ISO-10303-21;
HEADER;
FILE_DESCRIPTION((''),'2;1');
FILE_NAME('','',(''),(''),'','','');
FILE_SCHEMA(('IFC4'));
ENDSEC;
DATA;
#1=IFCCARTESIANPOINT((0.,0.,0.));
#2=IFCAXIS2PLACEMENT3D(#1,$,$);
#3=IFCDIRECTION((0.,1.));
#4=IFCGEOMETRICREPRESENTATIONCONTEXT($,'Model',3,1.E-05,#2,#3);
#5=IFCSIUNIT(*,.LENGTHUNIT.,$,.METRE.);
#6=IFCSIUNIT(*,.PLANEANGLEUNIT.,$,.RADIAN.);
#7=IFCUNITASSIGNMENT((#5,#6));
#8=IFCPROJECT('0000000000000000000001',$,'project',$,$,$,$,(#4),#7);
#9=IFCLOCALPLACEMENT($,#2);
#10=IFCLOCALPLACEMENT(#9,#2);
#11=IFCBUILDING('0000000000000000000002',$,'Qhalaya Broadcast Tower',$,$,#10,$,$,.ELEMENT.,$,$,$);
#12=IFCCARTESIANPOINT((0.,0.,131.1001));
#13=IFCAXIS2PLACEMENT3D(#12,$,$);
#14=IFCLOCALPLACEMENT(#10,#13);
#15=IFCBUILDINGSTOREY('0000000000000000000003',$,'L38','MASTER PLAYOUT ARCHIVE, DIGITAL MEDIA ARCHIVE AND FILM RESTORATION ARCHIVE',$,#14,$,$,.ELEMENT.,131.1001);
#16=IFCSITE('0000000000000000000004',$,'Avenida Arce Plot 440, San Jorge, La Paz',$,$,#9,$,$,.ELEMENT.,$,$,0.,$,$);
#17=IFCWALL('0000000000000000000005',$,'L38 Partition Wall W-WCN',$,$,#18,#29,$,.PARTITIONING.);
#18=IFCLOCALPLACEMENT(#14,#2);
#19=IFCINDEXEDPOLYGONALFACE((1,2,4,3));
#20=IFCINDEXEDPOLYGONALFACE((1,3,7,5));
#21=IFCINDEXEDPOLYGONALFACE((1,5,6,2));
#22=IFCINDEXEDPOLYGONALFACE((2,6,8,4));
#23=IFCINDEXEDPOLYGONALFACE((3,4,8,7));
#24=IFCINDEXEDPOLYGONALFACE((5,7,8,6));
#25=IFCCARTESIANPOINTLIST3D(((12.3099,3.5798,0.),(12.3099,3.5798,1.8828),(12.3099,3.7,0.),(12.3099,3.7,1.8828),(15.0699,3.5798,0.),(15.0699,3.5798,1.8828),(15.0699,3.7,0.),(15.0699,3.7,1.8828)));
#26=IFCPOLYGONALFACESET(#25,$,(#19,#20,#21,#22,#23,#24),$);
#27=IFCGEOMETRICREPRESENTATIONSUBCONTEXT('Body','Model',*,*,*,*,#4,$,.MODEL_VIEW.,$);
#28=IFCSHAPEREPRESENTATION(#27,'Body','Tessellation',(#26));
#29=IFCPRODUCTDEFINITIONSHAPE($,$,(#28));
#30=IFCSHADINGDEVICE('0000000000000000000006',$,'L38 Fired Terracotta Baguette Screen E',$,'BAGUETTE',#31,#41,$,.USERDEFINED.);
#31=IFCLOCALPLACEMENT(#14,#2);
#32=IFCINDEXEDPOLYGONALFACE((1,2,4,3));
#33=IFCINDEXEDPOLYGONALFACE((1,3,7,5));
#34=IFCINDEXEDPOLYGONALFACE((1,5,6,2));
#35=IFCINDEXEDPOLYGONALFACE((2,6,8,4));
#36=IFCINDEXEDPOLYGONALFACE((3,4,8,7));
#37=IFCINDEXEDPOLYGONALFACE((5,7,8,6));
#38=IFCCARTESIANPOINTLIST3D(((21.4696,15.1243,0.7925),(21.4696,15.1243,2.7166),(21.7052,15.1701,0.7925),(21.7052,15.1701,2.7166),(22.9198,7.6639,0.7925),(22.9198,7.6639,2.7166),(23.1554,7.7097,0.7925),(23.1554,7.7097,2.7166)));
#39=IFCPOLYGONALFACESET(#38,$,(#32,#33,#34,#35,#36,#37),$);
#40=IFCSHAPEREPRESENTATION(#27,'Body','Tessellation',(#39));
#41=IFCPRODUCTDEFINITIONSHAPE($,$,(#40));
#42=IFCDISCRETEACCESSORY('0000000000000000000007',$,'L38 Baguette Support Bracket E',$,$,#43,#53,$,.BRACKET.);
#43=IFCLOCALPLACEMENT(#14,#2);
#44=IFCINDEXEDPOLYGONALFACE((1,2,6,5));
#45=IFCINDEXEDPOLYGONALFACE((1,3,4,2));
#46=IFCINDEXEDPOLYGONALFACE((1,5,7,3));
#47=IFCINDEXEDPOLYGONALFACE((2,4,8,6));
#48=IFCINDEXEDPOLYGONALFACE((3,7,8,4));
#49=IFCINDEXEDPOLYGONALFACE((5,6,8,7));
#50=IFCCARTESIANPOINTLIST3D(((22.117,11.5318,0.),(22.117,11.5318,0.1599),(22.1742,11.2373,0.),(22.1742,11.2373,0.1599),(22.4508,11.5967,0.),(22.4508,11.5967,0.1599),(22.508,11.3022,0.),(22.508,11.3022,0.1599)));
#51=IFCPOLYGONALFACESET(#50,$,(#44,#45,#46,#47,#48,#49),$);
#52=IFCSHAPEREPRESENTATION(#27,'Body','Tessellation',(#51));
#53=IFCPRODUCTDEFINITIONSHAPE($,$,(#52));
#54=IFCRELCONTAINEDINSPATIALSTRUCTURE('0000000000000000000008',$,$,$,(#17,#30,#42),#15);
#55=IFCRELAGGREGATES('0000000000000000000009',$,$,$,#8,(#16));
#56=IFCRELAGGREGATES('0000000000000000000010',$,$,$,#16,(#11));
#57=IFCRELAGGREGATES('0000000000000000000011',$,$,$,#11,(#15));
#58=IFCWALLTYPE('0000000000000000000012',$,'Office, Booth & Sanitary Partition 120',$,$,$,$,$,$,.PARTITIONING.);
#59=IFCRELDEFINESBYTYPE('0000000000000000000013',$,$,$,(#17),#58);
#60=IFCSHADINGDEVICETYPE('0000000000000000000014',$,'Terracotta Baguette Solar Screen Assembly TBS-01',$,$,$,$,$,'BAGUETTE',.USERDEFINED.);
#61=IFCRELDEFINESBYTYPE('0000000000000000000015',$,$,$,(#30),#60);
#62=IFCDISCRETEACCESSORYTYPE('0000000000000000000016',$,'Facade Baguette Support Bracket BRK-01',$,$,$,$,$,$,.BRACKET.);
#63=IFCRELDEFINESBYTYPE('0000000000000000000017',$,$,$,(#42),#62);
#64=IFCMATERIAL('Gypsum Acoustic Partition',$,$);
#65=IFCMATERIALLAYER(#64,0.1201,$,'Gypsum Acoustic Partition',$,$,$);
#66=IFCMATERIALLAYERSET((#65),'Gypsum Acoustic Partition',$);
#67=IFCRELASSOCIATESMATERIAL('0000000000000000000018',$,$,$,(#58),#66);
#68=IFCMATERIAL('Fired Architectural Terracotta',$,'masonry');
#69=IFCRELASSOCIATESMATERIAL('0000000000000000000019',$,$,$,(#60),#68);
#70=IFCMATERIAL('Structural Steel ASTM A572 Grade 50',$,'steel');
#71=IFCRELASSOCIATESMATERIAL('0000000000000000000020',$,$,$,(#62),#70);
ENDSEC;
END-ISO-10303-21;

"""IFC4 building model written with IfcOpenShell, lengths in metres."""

from ifc_helpers import new_model, si_unit, direction, frame, frame_2d, origin, origin_2d, place, context, subcontext, project, spatial, rectangle, extrude, material, layer, layer_set, type_object, element, save


model = new_model("IFC4")

# Units and contexts
model_context = context("Model", 3, precision=1e-05, world=origin(), true_north=direction((0.0, 1.0)))
body_context = subcontext(model_context, "Body", "Model", "MODEL_VIEW")
ifc_project = project(units=[si_unit("LENGTHUNIT", "METRE"), si_unit("PLANEANGLEUNIT", "RADIAN")], contexts=[model_context])

# Site, building, storey
site_placement = place(None, origin())
site = spatial("IfcSite", under=ifc_project, at=site_placement, Name="Avenida Arce Plot 440, San Jorge, La Paz", CompositionType="ELEMENT", RefElevation=0.0)
building_placement = place(site_placement, origin())
building = spatial("IfcBuilding", under=site, at=building_placement, Name="Qhalaya Broadcast Tower", CompositionType="ELEMENT")
storey_placement = place(building_placement, frame((0.0, 0.0, 131.1001)))
storey = spatial("IfcBuildingStorey", under=building, at=storey_placement, Name="L38", Description="MASTER PLAYOUT ARCHIVE, DIGITAL MEDIA ARCHIVE AND FILM RESTORATION ARCHIVE", CompositionType="ELEMENT", Elevation=131.1001)

# Shared definitions
ifc_material_1 = material(Name="Structural Steel ASTM A572 Grade 50", Category="steel")

# Shared definitions
ifc_material_2 = material(Name="Gypsum Acoustic Partition")

# Wall
ifc_layer_1 = layer(ifc_material_2, 0.1201, Name="Gypsum Acoustic Partition")
ifc_layer_set_1 = layer_set([ifc_layer_1], Name="Gypsum Acoustic Partition")
wall_type_1 = type_object("IfcWallType", Name="Office, Booth & Sanitary Partition 120", PredefinedType="PARTITIONING", material=ifc_layer_set_1)
wall_1_placement = place(storey_placement, frame((12.3101, 3.6399, 0.0), z_axis=(0.0, 0.0, 1.0), x_axis=(1.0, 0.0, 0.0)))
element("IfcWall", 1, at=wall_1_placement, inside=storey, type_object=wall_type_1, Name="L38 Partition Wall W-WCN", PredefinedType="PARTITIONING", context=body_context, shape_type="SweptSolid", body=[
    extrude(rectangle(XDim=2.76, YDim=0.1201, at=frame_2d((1.3799, 0.0))), origin(), (0.0, 0.0, 1.0), 1.8828),
])

# Shading device
ifc_material_3 = material(Name="Fired Architectural Terracotta", Category="masonry")
shading_device_type = type_object("IfcShadingDeviceType", Name="Terracotta Baguette Solar Screen Assembly TBS-01", ElementType="BAGUETTE", PredefinedType="USERDEFINED", material=ifc_material_3)
shading_device_placement = place(storey_placement, frame((22.3125, 11.417, 0.7925), z_axis=(0.0, 0.0, 1.0), x_axis=(-0.190809, 0.981627, 0.0)))
element("IfcShadingDevice", 2, at=shading_device_placement, inside=storey, type_object=shading_device_type, Name="L38 Fired Terracotta Baguette Screen E", ObjectType="BAGUETTE", PredefinedType="USERDEFINED", context=body_context, shape_type="SweptSolid", body=[
    extrude(rectangle(XDim=7.6001, YDim=0.24, at=origin_2d()), origin(), (0.0, 0.0, 1.0), 1.9241),
])

# Discrete accessory
discrete_accessory_type = type_object("IfcDiscreteAccessoryType", Name="Facade Baguette Support Bracket BRK-01", PredefinedType="BRACKET", material=ifc_material_1)
discrete_accessory_placement = place(storey_placement, frame((22.3125, 11.417, 0.0), z_axis=(0.0, 0.0, 1.0), x_axis=(-0.190809, 0.981627, 0.0)))
element("IfcDiscreteAccessory", 3, at=discrete_accessory_placement, inside=storey, type_object=discrete_accessory_type, Name="L38 Baguette Support Bracket E", PredefinedType="BRACKET", context=body_context, shape_type="SweptSolid", body=[
    extrude(rectangle(XDim=0.3, YDim=0.3401, at=origin_2d()), origin(), (0.0, 0.0, 1.0), 0.1599),
])

save(model, "model.ifc")
